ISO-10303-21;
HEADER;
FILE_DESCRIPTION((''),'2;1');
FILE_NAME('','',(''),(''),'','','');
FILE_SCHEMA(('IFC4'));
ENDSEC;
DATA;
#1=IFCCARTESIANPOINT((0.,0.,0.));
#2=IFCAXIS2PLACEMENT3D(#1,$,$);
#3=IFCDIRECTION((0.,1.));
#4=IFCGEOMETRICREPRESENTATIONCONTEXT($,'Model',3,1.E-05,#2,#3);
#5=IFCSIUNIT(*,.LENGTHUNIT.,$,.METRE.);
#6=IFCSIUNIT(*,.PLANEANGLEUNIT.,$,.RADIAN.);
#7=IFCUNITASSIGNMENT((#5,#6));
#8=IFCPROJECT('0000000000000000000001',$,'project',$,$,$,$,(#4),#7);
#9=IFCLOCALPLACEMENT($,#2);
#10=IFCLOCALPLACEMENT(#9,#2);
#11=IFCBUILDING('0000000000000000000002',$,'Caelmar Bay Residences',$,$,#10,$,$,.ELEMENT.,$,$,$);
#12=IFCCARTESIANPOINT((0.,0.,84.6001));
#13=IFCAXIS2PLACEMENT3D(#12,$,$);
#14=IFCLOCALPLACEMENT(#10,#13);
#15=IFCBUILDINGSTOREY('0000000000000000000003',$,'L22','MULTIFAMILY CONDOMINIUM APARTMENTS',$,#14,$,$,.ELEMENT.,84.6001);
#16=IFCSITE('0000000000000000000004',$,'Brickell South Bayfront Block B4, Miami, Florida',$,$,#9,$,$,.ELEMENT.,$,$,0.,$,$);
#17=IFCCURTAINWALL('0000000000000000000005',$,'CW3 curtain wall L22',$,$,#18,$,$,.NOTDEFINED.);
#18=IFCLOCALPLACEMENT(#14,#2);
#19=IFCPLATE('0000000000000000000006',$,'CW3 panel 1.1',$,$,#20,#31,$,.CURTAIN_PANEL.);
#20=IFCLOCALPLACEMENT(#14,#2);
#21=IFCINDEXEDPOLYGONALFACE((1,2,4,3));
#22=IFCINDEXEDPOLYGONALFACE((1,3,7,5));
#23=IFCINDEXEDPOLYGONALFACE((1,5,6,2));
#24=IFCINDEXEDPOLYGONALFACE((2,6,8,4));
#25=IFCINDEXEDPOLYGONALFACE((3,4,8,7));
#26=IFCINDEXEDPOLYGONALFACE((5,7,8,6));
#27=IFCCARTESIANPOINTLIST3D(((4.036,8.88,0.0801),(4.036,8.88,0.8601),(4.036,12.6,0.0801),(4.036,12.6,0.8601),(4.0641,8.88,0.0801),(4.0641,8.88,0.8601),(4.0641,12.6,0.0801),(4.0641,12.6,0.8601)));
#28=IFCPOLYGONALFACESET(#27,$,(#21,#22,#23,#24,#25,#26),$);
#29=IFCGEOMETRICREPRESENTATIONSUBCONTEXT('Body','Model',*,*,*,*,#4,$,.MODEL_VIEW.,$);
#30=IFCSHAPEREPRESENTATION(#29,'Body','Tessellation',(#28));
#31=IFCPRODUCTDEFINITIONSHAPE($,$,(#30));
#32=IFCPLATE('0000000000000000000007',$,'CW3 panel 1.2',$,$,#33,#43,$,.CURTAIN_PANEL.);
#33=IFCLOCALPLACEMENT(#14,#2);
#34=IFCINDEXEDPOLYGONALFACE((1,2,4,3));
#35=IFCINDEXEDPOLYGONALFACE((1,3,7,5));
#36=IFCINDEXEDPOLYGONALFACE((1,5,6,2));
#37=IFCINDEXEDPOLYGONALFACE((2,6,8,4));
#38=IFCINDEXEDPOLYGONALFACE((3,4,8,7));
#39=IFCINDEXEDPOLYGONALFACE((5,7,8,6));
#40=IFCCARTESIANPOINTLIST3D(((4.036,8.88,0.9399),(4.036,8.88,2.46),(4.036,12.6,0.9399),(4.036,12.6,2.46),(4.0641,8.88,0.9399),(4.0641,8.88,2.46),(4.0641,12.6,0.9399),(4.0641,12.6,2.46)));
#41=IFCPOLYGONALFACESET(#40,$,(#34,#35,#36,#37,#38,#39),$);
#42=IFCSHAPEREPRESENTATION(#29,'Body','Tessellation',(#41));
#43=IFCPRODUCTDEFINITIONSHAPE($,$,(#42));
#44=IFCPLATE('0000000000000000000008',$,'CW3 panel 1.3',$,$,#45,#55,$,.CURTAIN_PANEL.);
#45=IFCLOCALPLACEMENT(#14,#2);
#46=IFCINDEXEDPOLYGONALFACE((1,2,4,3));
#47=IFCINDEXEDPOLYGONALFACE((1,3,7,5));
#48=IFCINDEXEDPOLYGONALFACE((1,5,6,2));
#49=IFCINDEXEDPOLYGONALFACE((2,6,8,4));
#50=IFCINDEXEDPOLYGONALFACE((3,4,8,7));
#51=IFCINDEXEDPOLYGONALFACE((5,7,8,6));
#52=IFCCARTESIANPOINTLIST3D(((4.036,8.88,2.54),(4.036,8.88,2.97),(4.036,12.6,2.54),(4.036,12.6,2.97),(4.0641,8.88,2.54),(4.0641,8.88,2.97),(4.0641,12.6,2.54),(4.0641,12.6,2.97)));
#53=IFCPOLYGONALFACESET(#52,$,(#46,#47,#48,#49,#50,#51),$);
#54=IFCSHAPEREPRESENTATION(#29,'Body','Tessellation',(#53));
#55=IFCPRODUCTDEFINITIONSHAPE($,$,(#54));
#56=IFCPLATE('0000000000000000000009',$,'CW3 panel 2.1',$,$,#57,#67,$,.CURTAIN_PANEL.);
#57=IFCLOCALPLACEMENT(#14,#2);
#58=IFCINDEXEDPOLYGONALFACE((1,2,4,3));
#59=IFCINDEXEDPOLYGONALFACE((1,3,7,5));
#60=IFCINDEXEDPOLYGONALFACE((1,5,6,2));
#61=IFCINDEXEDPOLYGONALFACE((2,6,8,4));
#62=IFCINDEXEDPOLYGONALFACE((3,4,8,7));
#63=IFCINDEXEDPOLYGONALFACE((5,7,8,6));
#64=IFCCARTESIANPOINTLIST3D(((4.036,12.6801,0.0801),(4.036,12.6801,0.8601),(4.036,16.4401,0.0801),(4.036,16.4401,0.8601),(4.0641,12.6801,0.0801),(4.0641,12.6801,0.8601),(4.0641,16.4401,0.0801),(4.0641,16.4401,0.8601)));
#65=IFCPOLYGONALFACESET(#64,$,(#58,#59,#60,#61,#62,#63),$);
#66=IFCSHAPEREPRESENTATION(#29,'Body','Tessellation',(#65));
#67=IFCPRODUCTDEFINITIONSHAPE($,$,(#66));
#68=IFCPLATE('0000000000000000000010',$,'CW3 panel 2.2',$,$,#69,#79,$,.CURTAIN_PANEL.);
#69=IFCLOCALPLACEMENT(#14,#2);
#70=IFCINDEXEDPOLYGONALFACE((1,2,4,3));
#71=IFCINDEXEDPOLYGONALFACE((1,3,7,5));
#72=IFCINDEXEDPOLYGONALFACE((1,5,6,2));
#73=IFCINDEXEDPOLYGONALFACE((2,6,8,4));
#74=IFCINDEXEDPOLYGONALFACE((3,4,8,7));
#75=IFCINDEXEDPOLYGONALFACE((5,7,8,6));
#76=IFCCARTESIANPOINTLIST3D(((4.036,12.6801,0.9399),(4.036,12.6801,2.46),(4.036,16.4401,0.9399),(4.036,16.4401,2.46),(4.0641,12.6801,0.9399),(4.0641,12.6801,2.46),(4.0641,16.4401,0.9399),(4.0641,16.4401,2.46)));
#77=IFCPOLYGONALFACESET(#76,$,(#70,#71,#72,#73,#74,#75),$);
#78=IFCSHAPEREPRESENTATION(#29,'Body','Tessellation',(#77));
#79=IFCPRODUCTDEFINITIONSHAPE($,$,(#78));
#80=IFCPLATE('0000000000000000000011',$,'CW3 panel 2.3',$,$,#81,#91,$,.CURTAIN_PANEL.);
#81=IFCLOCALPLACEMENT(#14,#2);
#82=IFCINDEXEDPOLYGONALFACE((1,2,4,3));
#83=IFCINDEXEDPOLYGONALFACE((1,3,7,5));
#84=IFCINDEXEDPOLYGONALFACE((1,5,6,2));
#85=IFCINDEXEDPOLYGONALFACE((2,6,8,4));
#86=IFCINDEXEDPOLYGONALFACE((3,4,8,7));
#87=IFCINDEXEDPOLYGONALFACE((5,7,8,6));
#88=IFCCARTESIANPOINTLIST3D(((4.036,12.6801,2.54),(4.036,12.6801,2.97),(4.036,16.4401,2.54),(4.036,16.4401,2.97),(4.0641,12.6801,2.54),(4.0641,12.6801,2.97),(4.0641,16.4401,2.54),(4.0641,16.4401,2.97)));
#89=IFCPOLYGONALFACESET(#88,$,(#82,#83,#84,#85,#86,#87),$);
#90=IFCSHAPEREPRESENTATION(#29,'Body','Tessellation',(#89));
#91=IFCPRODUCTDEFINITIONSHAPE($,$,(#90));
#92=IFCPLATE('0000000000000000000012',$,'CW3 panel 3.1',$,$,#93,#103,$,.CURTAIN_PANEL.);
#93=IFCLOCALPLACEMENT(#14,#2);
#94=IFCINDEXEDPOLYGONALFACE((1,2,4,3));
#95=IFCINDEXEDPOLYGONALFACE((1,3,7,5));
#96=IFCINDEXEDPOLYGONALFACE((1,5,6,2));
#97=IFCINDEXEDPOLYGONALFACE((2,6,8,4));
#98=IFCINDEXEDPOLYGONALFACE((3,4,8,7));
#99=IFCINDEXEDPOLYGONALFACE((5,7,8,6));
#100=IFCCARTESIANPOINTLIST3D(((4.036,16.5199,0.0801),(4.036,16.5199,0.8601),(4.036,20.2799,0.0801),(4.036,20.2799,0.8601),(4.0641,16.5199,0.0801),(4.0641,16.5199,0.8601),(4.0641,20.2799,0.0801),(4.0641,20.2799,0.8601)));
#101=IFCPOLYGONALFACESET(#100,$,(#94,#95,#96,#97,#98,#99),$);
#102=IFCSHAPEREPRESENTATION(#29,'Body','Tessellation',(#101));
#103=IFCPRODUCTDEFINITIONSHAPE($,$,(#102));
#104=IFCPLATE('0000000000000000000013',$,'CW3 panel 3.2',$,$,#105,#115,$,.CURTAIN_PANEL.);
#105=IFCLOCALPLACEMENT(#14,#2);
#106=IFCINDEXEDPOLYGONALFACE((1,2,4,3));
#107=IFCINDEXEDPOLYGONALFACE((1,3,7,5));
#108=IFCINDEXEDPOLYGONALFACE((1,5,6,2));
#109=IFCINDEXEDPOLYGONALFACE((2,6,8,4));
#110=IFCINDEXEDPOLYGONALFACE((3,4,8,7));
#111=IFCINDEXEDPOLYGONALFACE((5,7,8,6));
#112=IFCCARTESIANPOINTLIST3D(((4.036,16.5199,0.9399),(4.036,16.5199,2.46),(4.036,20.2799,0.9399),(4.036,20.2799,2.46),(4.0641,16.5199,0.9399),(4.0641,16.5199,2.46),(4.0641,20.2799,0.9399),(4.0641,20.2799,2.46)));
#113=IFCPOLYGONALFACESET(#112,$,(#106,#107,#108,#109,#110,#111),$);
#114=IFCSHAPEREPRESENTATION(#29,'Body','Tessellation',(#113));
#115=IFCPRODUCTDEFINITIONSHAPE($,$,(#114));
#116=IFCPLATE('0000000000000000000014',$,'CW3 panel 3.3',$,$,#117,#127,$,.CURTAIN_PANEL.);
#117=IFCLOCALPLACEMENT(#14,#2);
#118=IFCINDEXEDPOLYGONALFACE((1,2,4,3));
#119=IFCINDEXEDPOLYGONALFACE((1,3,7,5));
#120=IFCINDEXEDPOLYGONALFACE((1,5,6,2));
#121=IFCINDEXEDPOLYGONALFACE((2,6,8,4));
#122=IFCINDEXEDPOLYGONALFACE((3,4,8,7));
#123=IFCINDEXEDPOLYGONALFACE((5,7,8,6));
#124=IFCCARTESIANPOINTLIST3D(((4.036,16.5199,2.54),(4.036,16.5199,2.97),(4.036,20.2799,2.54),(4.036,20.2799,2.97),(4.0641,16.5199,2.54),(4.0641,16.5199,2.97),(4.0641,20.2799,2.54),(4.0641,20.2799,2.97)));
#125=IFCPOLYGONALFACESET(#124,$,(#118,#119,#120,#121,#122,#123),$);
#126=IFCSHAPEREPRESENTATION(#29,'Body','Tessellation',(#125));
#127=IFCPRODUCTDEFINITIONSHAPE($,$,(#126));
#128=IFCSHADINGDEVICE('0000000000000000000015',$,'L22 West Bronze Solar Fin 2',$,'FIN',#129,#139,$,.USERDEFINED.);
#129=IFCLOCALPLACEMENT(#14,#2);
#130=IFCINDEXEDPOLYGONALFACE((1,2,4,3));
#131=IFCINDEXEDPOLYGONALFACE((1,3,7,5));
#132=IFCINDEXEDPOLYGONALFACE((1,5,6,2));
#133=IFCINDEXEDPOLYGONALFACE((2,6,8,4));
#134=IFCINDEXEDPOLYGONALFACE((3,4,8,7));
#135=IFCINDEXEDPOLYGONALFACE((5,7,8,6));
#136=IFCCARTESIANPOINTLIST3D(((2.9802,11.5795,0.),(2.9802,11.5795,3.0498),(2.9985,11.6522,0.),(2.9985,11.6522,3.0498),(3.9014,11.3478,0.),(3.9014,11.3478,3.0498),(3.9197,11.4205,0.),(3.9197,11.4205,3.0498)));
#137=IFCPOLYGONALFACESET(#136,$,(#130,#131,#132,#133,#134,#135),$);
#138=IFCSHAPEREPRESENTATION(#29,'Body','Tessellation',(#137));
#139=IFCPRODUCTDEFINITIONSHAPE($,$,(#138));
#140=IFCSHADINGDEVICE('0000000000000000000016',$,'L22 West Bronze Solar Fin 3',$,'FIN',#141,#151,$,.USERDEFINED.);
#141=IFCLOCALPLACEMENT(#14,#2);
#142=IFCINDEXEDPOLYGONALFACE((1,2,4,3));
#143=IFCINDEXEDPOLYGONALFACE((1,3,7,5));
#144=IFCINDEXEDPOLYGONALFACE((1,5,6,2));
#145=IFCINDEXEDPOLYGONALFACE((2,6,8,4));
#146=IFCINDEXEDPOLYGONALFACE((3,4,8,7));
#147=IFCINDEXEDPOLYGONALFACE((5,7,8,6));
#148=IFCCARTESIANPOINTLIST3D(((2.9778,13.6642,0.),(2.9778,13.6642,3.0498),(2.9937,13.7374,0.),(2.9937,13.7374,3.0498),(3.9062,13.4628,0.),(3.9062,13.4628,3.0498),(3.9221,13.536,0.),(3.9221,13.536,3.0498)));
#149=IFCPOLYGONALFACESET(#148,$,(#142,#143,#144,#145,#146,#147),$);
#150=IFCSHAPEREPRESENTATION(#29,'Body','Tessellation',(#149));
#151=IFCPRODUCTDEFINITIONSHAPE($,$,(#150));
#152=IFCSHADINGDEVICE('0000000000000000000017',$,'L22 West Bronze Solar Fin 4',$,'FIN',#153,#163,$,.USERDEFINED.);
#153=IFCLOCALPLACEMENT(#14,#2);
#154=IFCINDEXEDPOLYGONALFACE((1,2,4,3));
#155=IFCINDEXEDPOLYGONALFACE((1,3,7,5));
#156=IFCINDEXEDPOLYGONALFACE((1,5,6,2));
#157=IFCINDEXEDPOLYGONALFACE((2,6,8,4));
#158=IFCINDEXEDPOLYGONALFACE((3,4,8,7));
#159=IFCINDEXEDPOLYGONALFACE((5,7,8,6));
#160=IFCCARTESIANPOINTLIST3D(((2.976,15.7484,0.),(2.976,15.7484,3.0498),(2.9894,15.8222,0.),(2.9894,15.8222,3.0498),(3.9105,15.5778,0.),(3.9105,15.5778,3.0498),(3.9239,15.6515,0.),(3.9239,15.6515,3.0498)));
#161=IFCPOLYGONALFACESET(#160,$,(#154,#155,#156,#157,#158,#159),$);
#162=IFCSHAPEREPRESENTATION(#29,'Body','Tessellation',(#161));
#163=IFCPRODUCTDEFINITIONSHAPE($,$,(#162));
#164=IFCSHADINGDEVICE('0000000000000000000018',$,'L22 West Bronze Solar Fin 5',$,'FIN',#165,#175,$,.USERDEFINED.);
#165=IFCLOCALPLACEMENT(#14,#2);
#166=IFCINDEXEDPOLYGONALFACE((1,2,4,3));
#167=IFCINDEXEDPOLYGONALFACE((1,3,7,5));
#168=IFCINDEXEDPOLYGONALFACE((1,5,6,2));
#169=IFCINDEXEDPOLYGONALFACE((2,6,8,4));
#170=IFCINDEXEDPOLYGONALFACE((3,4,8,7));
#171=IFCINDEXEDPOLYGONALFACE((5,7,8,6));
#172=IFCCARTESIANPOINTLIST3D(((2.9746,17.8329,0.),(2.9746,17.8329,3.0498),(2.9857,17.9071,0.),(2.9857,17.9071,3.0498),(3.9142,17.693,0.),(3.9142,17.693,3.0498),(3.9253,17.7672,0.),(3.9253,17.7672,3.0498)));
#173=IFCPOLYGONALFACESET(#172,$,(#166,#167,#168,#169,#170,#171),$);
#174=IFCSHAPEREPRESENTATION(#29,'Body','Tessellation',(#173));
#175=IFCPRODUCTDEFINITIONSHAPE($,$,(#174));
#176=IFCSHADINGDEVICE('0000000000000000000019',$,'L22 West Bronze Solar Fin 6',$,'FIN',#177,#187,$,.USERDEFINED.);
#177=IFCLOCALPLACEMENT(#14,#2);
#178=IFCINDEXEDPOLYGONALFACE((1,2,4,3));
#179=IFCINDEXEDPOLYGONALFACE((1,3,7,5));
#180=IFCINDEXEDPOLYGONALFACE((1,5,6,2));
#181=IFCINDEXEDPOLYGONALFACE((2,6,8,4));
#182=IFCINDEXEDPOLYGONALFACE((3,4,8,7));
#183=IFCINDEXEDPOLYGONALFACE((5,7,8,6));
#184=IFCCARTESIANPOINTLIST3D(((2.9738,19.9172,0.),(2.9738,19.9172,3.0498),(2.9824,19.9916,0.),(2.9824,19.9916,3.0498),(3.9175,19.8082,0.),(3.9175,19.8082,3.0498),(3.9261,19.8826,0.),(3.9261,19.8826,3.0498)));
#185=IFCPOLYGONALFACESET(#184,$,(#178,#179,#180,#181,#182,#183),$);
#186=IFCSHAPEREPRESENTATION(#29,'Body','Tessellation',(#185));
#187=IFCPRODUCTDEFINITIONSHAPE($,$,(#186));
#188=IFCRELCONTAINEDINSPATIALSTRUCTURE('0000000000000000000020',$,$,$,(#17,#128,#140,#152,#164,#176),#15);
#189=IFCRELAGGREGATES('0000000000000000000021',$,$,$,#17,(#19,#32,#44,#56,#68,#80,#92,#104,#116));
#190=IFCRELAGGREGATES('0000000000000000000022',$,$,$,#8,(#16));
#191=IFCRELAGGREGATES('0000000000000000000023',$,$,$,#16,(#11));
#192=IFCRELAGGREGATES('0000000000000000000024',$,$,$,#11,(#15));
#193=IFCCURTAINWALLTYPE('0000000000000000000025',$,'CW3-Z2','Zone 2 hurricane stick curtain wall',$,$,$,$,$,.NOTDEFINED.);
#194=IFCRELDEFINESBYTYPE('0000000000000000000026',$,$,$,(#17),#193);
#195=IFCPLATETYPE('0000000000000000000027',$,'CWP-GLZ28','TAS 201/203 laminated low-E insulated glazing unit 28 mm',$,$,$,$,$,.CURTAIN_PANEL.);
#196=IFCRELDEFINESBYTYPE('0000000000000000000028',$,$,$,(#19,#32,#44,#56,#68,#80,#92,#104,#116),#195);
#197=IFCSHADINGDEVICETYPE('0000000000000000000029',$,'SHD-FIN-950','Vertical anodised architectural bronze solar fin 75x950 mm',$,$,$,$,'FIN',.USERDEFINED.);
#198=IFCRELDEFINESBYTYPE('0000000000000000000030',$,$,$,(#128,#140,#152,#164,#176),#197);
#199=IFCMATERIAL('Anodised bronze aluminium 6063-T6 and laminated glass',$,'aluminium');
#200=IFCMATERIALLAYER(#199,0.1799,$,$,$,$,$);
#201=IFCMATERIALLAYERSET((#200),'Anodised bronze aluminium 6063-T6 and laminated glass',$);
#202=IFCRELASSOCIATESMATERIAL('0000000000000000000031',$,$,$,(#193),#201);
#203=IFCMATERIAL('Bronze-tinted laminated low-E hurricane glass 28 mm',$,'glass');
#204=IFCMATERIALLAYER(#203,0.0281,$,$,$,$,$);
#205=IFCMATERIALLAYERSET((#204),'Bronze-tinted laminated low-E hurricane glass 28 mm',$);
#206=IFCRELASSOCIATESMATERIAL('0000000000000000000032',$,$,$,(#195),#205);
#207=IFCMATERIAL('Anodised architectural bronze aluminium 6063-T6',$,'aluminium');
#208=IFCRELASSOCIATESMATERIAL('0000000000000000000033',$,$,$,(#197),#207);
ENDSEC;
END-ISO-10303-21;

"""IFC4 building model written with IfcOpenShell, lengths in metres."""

from ifc_helpers import new_model, si_unit, direction, frame, origin, origin_2d, place, context, subcontext, project, spatial, rectangle, extrude, material, layer, layer_set, material_profile, profile_set, type_object, element, aggregate, save


model = new_model("IFC4")

# Units and contexts
model_context = context("Model", 3, precision=1e-05, world=origin(), true_north=direction((0.0, 1.0)))
body_context = subcontext(model_context, "Body", "Model", "MODEL_VIEW")
ifc_project = project(units=[si_unit("LENGTHUNIT", "METRE"), si_unit("PLANEANGLEUNIT", "RADIAN")], contexts=[model_context])

# Site, building, storey
site_placement = place(None, origin())
site = spatial("IfcSite", under=ifc_project, at=site_placement, Name="Brickell South Bayfront Block B4, Miami, Florida", CompositionType="ELEMENT", RefElevation=0.0)
building_placement = place(site_placement, origin())
building = spatial("IfcBuilding", under=site, at=building_placement, Name="Caelmar Bay Residences", CompositionType="ELEMENT")
storey_placement = place(building_placement, frame((0.0, 0.0, 84.6001)))
storey = spatial("IfcBuildingStorey", under=building, at=storey_placement, Name="L22", Description="MULTIFAMILY CONDOMINIUM APARTMENTS", CompositionType="ELEMENT", Elevation=84.6001)

# Curtain wall, plates
ifc_material_1 = material(Name="Anodised bronze aluminium 6063-T6 and laminated glass", Category="aluminium")
ifc_layer_1 = layer(ifc_material_1, 0.1799)
ifc_layer_set_1 = layer_set([ifc_layer_1], Name="Anodised bronze aluminium 6063-T6 and laminated glass")
curtain_wall_type = type_object("IfcCurtainWallType", Name="CW3-Z2", Description="Zone 2 hurricane stick curtain wall", PredefinedType="NOTDEFINED", material=ifc_layer_set_1)
curtain_wall_placement = place(storey_placement, origin())
curtain_wall = element("IfcCurtainWall", 1, at=curtain_wall_placement, inside=storey, type_object=curtain_wall_type, Name="CW3 curtain wall L22", PredefinedType="NOTDEFINED")
ifc_material_2 = material(Name="Bronze-tinted laminated low-E hurricane glass 28 mm", Category="glass")
ifc_layer_2 = layer(ifc_material_2, 0.0281)
ifc_layer_set_2 = layer_set([ifc_layer_2], Name="Bronze-tinted laminated low-E hurricane glass 28 mm")
plate_type = type_object("IfcPlateType", Name="CWP-GLZ28", Description="TAS 201/203 laminated low-E insulated glazing unit 28 mm", PredefinedType="CURTAIN_PANEL", material=ifc_layer_set_2)
plate_1_placement = place(storey_placement, frame((4.05, 10.74, 0.0801), z_axis=(0.0, 0.0, 1.0), x_axis=(0.0, 1.0, 0.0)))
plate_1 = element("IfcPlate", 2, at=plate_1_placement, type_object=plate_type, Name="CW3 panel 1.1", PredefinedType="CURTAIN_PANEL", context=body_context, shape_type="SweptSolid", body=[
    extrude(rectangle(XDim=3.72, YDim=0.0281, at=origin_2d()), origin(), (0.0, 0.0, 1.0), 0.78),
])
plate_2_placement = place(storey_placement, frame((4.05, 10.74, 0.9399), z_axis=(0.0, 0.0, 1.0), x_axis=(0.0, 1.0, 0.0)))
plate_2 = element("IfcPlate", 3, at=plate_2_placement, type_object=plate_type, Name="CW3 panel 1.2", PredefinedType="CURTAIN_PANEL", context=body_context, shape_type="SweptSolid", body=[
    extrude(rectangle(XDim=3.72, YDim=0.0281, at=origin_2d()), origin(), (0.0, 0.0, 1.0), 1.52),
])
plate_3_placement = place(storey_placement, frame((4.05, 10.74, 2.54), z_axis=(0.0, 0.0, 1.0), x_axis=(0.0, 1.0, 0.0)))
plate_3 = element("IfcPlate", 4, at=plate_3_placement, type_object=plate_type, Name="CW3 panel 1.3", PredefinedType="CURTAIN_PANEL", context=body_context, shape_type="SweptSolid", body=[
    extrude(rectangle(XDim=3.72, YDim=0.0281, at=origin_2d()), origin(), (0.0, 0.0, 1.0), 0.4299),
])
plate_4_placement = place(storey_placement, frame((4.05, 14.5601, 0.0801), z_axis=(0.0, 0.0, 1.0), x_axis=(0.0, 1.0, 0.0)))
plate_4 = element("IfcPlate", 5, at=plate_4_placement, type_object=plate_type, Name="CW3 panel 2.1", PredefinedType="CURTAIN_PANEL", context=body_context, shape_type="SweptSolid", body=[
    extrude(rectangle(XDim=3.76, YDim=0.0281, at=origin_2d()), origin(), (0.0, 0.0, 1.0), 0.78),
])
plate_5_placement = place(storey_placement, frame((4.05, 14.5601, 0.9399), z_axis=(0.0, 0.0, 1.0), x_axis=(0.0, 1.0, 0.0)))
plate_5 = element("IfcPlate", 6, at=plate_5_placement, type_object=plate_type, Name="CW3 panel 2.2", PredefinedType="CURTAIN_PANEL", context=body_context, shape_type="SweptSolid", body=[
    extrude(rectangle(XDim=3.76, YDim=0.0281, at=origin_2d()), origin(), (0.0, 0.0, 1.0), 1.52),
])
plate_6_placement = place(storey_placement, frame((4.05, 14.5601, 2.54), z_axis=(0.0, 0.0, 1.0), x_axis=(0.0, 1.0, 0.0)))
plate_6 = element("IfcPlate", 7, at=plate_6_placement, type_object=plate_type, Name="CW3 panel 2.3", PredefinedType="CURTAIN_PANEL", context=body_context, shape_type="SweptSolid", body=[
    extrude(rectangle(XDim=3.76, YDim=0.0281, at=origin_2d()), origin(), (0.0, 0.0, 1.0), 0.4299),
])
plate_7_placement = place(storey_placement, frame((4.05, 18.3999, 0.0801), z_axis=(0.0, 0.0, 1.0), x_axis=(0.0, 1.0, 0.0)))
plate_7 = element("IfcPlate", 8, at=plate_7_placement, type_object=plate_type, Name="CW3 panel 3.1", PredefinedType="CURTAIN_PANEL", context=body_context, shape_type="SweptSolid", body=[
    extrude(rectangle(XDim=3.76, YDim=0.0281, at=origin_2d()), origin(), (0.0, 0.0, 1.0), 0.78),
])
plate_8_placement = place(storey_placement, frame((4.05, 18.3999, 0.9399), z_axis=(0.0, 0.0, 1.0), x_axis=(0.0, 1.0, 0.0)))
plate_8 = element("IfcPlate", 9, at=plate_8_placement, type_object=plate_type, Name="CW3 panel 3.2", PredefinedType="CURTAIN_PANEL", context=body_context, shape_type="SweptSolid", body=[
    extrude(rectangle(XDim=3.76, YDim=0.0281, at=origin_2d()), origin(), (0.0, 0.0, 1.0), 1.52),
])
plate_9_placement = place(storey_placement, frame((4.05, 18.3999, 2.54), z_axis=(0.0, 0.0, 1.0), x_axis=(0.0, 1.0, 0.0)))
plate_9 = element("IfcPlate", 10, at=plate_9_placement, type_object=plate_type, Name="CW3 panel 3.3", PredefinedType="CURTAIN_PANEL", context=body_context, shape_type="SweptSolid", body=[
    extrude(rectangle(XDim=3.76, YDim=0.0281, at=origin_2d()), origin(), (0.0, 0.0, 1.0), 0.4299),
])
aggregate(curtain_wall, [plate_1, plate_2, plate_3, plate_4, plate_5, plate_6, plate_7, plate_8, plate_9])

# Shading devices
ifc_material_3 = material(Name="Anodised architectural bronze aluminium 6063-T6", Category="aluminium")
ifc_material_profile_1 = material_profile(ifc_material_3, rectangle(XDim=0.075, YDim=0.95, at=origin_2d()), Name="BRONZE-FIN-75X950")
ifc_profile_set_1 = profile_set([ifc_material_profile_1], Name="Anodised architectural bronze aluminium 6063-T6")
shading_device_type = type_object("IfcShadingDeviceType", Name="SHD-FIN-950", Description="Vertical anodised architectural bronze solar fin 75x950 mm", ElementType="FIN", PredefinedType="USERDEFINED", material=ifc_profile_set_1)
for number, where, z_axis, x_axis, name in (
    (11, (3.45, 11.5, 0.0), (0.0, 0.0, 1.0), (0.243954, 0.969787, 0.0), "L22 West Bronze Solar Fin 2"),
    (12, (3.45, 13.6001, 0.0), (0.0, 0.0, 1.0), (0.212007, 0.977268, 0.0), "L22 West Bronze Solar Fin 3"),
    (13, (3.45, 15.7, 0.0), (0.0, 0.0, 1.0), (0.179661, 0.983729, 0.0), "L22 West Bronze Solar Fin 4"),
    (14, (3.45, 17.8, 0.0), (0.0, 0.0, 1.0), (0.147292, 0.989093, 0.0), "L22 West Bronze Solar Fin 5"),
    (15, (3.45, 19.8999, 0.0), (0.0, 0.0, 1.0), (0.114764, 0.993393, 0.0), "L22 West Bronze Solar Fin 6"),
):
    element("IfcShadingDevice", number, at=place(storey_placement, frame(where, z_axis=z_axis, x_axis=x_axis)), inside=storey, type_object=shading_device_type, Name=name, ObjectType="FIN", PredefinedType="USERDEFINED", context=body_context, shape_type="SweptSolid", body=[
        extrude(rectangle(XDim=0.075, YDim=0.95, at=origin_2d()), origin(), (0.0, 0.0, 1.0), 3.0498),
    ])

save(model, "model.ifc")
